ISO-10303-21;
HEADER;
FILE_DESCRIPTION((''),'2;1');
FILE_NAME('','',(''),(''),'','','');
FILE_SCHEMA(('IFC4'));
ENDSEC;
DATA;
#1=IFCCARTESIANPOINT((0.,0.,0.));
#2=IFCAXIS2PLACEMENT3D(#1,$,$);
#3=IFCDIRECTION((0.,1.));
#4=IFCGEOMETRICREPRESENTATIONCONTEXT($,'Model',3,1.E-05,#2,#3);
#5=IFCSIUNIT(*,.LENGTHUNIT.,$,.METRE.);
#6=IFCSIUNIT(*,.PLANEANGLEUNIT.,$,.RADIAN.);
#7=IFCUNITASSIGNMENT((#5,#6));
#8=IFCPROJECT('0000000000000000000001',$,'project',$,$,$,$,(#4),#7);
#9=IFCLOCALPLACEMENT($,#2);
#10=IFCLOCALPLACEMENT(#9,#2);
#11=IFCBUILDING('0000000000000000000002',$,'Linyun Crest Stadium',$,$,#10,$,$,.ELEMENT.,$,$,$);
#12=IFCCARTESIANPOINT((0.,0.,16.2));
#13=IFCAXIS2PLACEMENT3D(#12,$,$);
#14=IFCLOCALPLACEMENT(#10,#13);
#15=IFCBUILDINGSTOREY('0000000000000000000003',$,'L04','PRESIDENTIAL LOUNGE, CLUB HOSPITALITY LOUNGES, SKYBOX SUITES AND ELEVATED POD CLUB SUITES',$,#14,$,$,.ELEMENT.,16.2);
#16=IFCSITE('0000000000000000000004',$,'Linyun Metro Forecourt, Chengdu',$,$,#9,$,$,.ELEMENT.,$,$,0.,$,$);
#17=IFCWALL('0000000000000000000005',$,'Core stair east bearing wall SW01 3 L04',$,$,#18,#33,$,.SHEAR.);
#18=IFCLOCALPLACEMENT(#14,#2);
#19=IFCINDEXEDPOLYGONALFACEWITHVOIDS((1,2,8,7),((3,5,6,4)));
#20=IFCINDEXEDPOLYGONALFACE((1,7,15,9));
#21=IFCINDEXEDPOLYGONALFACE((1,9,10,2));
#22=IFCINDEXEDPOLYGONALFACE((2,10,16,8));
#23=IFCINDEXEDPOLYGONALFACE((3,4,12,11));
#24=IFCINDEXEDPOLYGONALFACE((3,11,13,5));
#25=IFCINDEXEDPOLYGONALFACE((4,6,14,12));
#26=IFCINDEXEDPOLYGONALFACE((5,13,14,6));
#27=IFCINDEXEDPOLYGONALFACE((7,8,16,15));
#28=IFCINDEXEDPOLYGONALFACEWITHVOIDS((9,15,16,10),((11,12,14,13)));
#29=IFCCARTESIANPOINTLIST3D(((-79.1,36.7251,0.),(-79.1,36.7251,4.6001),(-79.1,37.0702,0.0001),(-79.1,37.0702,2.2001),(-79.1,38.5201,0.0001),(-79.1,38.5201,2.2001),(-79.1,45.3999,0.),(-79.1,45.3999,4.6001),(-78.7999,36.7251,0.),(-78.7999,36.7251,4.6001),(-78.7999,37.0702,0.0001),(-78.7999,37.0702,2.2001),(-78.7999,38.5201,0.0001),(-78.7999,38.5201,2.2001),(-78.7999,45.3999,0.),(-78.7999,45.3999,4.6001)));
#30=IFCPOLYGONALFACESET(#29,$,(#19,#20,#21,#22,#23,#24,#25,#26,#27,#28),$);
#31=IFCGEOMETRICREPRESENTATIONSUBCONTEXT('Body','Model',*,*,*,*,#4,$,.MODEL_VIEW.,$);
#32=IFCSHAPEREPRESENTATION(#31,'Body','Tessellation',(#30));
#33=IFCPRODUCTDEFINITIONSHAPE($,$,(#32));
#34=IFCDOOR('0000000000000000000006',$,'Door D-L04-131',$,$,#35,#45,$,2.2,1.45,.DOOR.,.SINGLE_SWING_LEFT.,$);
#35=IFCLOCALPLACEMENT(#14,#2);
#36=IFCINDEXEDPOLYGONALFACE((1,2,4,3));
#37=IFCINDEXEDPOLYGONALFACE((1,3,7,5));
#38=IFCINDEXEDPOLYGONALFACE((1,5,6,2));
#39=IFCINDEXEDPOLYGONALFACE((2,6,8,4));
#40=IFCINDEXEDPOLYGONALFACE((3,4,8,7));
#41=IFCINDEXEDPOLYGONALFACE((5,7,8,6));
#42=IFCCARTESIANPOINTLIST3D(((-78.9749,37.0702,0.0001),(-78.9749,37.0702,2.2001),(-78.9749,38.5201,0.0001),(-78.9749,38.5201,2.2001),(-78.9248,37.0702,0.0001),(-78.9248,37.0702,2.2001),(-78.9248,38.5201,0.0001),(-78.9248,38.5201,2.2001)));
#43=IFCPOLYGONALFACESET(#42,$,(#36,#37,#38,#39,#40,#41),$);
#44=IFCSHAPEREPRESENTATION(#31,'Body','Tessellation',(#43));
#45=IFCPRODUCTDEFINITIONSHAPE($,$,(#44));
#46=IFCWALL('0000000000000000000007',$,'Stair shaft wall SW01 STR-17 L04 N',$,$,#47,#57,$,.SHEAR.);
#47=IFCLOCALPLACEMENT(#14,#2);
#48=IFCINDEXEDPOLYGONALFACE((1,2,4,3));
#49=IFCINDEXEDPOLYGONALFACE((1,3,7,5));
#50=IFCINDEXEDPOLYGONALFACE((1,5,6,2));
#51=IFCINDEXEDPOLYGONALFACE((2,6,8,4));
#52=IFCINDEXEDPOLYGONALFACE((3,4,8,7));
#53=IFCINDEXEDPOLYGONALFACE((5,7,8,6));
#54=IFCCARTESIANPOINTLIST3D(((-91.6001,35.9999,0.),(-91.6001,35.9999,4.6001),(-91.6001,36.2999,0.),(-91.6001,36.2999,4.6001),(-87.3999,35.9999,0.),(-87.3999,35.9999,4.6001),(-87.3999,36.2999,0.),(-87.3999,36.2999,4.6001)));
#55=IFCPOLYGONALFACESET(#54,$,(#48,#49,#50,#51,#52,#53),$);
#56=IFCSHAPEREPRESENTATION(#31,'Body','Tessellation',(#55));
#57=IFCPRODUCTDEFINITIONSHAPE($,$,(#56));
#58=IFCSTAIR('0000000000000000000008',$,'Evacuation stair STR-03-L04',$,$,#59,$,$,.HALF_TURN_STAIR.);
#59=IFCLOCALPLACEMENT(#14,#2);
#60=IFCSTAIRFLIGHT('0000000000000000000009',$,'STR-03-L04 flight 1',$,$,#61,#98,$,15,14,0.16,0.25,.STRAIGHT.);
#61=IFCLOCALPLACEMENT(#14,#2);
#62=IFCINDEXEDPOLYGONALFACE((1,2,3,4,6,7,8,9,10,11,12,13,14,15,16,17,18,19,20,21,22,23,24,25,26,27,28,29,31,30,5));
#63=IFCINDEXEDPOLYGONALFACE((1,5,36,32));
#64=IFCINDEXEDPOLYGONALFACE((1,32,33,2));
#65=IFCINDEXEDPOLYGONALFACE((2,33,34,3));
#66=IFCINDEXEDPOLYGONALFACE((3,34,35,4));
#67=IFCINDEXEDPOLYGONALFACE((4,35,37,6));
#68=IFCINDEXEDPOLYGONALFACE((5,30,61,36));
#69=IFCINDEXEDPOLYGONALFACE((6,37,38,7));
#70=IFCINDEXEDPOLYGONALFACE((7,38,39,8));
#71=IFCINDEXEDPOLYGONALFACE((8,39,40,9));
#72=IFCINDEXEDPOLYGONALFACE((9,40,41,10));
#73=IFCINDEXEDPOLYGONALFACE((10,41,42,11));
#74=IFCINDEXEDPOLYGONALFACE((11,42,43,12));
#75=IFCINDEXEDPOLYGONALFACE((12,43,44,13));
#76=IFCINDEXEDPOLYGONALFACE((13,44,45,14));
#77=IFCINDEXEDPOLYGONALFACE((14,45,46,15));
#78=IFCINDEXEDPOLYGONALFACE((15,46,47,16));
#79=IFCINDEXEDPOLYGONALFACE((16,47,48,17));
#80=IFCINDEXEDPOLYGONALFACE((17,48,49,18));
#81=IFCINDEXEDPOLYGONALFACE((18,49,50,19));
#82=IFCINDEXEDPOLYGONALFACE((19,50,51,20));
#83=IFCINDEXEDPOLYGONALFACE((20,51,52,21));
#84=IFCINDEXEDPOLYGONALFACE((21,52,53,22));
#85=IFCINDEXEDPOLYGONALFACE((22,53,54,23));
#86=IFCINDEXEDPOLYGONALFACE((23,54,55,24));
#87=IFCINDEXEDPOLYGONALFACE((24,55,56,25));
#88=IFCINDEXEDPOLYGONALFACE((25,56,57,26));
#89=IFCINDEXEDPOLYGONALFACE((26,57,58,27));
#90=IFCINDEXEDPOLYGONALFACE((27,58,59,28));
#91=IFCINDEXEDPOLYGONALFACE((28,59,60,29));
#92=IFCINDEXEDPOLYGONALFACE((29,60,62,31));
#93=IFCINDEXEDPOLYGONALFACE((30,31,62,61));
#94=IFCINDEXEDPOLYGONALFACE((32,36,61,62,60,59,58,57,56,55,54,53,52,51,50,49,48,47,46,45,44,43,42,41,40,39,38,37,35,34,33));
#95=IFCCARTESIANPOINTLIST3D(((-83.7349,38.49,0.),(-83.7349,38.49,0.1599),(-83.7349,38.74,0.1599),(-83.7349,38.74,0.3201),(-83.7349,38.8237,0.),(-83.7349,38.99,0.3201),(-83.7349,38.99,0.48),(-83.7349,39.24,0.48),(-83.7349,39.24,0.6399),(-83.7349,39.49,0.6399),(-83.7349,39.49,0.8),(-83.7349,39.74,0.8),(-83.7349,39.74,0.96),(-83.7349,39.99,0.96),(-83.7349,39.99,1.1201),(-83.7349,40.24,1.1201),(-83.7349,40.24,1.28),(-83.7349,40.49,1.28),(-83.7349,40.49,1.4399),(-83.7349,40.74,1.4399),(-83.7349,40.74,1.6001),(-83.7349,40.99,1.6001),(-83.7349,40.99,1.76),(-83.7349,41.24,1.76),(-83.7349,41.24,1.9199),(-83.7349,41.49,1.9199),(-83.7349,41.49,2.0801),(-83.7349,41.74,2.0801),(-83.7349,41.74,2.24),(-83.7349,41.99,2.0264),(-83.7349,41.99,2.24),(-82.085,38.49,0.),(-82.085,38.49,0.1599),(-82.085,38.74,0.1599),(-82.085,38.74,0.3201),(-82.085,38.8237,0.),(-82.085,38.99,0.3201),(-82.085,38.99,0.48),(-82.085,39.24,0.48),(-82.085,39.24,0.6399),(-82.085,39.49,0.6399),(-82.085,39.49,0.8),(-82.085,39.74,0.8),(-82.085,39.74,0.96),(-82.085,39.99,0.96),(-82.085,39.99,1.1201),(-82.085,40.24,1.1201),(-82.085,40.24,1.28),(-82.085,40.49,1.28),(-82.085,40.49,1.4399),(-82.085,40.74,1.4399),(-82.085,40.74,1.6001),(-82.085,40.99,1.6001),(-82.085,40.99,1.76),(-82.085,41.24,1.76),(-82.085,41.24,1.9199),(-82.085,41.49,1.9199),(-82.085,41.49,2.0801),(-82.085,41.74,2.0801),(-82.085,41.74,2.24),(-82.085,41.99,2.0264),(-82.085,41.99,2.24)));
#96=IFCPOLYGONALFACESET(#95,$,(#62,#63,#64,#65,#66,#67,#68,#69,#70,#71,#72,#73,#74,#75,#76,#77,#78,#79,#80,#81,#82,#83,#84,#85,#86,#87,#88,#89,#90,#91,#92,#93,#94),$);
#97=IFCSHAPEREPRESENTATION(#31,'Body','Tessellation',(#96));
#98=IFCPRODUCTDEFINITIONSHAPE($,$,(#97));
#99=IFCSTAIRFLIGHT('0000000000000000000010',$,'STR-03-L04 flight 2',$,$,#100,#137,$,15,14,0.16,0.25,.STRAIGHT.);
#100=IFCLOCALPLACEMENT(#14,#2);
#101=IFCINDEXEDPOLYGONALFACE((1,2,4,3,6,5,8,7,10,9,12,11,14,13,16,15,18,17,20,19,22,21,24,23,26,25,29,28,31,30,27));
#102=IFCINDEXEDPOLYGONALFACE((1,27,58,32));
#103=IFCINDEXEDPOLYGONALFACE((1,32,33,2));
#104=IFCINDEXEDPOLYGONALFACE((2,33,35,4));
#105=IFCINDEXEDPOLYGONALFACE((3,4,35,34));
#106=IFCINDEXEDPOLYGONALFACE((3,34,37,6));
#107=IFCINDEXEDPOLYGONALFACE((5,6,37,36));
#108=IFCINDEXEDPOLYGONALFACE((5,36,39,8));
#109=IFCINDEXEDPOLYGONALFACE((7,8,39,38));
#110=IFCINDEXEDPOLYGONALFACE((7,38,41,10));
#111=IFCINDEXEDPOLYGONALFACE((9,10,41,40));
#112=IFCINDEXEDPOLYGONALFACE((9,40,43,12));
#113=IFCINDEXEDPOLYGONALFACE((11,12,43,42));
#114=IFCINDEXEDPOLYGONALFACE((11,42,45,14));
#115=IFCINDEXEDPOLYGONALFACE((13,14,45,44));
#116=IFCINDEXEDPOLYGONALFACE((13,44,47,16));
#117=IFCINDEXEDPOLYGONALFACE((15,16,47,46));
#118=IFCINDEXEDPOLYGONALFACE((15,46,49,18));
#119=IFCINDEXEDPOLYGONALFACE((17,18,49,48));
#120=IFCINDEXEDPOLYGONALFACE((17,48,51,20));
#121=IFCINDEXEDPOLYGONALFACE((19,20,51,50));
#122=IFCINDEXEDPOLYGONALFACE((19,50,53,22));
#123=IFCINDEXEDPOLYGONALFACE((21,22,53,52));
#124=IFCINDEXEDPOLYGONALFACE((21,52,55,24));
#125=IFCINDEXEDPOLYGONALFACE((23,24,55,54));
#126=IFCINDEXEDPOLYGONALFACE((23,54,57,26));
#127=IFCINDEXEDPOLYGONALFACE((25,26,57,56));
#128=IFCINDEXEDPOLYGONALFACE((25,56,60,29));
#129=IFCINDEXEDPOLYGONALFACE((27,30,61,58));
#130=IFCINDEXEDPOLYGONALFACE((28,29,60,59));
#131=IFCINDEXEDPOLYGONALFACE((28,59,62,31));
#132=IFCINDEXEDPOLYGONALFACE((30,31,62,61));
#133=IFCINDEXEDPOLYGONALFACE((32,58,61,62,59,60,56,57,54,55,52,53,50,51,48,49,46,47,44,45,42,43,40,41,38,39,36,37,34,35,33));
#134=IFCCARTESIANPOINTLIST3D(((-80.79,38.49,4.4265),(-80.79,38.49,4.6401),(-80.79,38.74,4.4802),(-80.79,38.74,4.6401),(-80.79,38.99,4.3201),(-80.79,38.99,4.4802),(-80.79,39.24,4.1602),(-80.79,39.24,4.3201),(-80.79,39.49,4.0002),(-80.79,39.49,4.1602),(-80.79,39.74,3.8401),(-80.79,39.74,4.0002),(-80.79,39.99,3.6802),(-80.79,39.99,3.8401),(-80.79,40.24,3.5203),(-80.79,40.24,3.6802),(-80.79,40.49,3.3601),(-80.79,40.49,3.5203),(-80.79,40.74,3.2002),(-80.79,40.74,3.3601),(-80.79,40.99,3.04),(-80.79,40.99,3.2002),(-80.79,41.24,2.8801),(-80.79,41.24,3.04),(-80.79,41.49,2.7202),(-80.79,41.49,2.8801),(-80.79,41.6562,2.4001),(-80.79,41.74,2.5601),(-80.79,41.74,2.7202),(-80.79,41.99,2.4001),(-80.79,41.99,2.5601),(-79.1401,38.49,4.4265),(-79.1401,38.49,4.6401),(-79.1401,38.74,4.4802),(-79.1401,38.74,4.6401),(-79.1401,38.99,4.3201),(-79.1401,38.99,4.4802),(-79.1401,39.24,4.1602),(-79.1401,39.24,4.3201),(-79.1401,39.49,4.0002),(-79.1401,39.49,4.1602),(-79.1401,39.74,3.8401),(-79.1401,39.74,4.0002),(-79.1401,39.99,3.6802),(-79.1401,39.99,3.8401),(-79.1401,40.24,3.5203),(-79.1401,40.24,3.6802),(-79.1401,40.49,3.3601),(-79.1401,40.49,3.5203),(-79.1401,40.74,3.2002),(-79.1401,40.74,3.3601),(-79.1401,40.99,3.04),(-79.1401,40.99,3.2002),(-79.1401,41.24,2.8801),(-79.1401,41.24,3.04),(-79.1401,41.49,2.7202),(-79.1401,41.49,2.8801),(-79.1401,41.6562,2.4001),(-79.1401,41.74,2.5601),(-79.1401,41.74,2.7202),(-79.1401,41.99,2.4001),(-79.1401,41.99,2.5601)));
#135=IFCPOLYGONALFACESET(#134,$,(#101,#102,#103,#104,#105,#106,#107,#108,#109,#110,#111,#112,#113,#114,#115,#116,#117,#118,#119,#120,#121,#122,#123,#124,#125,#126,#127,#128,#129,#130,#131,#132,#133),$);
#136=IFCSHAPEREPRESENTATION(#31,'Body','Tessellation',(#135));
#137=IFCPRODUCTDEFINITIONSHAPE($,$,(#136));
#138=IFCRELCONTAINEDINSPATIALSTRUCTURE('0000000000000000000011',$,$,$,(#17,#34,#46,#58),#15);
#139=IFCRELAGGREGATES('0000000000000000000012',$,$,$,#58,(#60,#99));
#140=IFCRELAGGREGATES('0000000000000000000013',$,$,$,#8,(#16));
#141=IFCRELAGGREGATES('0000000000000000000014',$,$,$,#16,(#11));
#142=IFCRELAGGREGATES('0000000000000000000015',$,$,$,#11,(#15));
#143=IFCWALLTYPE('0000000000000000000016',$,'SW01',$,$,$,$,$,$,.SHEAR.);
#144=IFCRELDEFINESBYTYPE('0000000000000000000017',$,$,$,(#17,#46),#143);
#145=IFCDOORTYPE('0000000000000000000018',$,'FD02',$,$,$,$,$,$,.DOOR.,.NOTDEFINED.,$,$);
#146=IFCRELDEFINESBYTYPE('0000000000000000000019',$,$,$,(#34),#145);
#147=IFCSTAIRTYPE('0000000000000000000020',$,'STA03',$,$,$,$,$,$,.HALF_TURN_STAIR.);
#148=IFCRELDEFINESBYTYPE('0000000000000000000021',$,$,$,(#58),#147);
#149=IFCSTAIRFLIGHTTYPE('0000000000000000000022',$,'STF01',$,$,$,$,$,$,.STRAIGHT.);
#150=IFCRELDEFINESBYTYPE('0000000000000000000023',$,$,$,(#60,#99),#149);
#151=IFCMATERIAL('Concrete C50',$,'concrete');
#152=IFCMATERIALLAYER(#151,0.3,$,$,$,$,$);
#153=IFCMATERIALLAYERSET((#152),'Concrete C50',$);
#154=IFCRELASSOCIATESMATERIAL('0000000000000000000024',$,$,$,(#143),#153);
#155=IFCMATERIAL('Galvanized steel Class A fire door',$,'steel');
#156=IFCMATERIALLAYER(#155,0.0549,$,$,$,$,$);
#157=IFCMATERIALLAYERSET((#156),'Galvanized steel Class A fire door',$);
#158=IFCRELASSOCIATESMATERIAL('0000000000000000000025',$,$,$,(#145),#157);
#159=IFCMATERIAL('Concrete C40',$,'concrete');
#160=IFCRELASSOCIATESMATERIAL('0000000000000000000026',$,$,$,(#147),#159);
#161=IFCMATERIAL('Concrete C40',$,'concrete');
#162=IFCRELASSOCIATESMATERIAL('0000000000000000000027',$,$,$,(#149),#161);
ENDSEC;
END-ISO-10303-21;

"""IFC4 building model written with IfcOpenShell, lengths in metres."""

from ifc_helpers import new_model, si_unit, direction, frame, frame_2d, origin, place, context, subcontext, project, spatial, polyline, rectangle, outline, extrude, material, layer, layer_set, type_object, element, fill, aggregate, save


model = new_model("IFC4")

# Units and contexts
model_context = context("Model", 3, precision=1e-05, world=origin(), true_north=direction((0.0, 1.0)))
body_context = subcontext(model_context, "Body", "Model", "MODEL_VIEW")
ifc_project = project(units=[si_unit("LENGTHUNIT", "METRE"), si_unit("PLANEANGLEUNIT", "RADIAN")], contexts=[model_context])

# Site, building, storey
site_placement = place(None, origin())
site = spatial("IfcSite", under=ifc_project, at=site_placement, Name="Linyun Metro Forecourt, Chengdu", CompositionType="ELEMENT", RefElevation=0.0)
building_placement = place(site_placement, origin())
building = spatial("IfcBuilding", under=site, at=building_placement, Name="Linyun Crest Stadium", CompositionType="ELEMENT")
storey_placement = place(building_placement, frame((0.0, 0.0, 16.2)))
storey = spatial("IfcBuildingStorey", under=building, at=storey_placement, Name="L04", Description="PRESIDENTIAL LOUNGE, CLUB HOSPITALITY LOUNGES, SKYBOX SUITES AND ELEVATED POD CLUB SUITES", CompositionType="ELEMENT", Elevation=16.2)

# Wall, opening, door
ifc_material_1 = material(Name="Concrete C50", Category="concrete")
ifc_layer_1 = layer(ifc_material_1, 0.3)
ifc_layer_set_1 = layer_set([ifc_layer_1], Name="Concrete C50")
wall_type_1 = type_object("IfcWallType", Name="SW01", PredefinedType="SHEAR", material=ifc_layer_set_1)
wall_1_placement = place(storey_placement, frame((-78.95, 36.7251, 0.0), z_axis=(0.0, 0.0, 1.0), x_axis=(0.0, 1.0, 0.0)))
wall_1 = element("IfcWall", 1, at=wall_1_placement, inside=storey, type_object=wall_type_1, Name="Core stair east bearing wall SW01 3 L04", PredefinedType="SHEAR", context=body_context, shape_type="SweptSolid", body=[
    extrude(rectangle(XDim=8.6748, YDim=0.3, at=frame_2d((4.3374, 0.0))), origin(), (0.0, 0.0, 1.0), 4.6001),
])
opening_1_placement = place(wall_1_placement, frame((0.345, 0.0, 0.0)))
opening_1 = element("IfcOpeningElement", 2, at=opening_1_placement, cuts=wall_1, PredefinedType="OPENING", context=body_context, shape_type="SweptSolid", body=[
    extrude(rectangle(XDim=1.45, YDim=2.2, at=frame_2d((0.7251, 1.1001))), frame((0.0, 0.1599, 0.0), z_axis=(0.0, -1.0, 0.0), x_axis=(1.0, 0.0, 0.0)), (0.0, 0.0, 1.0), 0.3201),
])
ifc_material_2 = material(Name="Galvanized steel Class A fire door", Category="steel")
ifc_layer_2 = layer(ifc_material_2, 0.0549)
ifc_layer_set_2 = layer_set([ifc_layer_2], Name="Galvanized steel Class A fire door")
door_type_1 = type_object("IfcDoorType", Name="FD02", OperationType="NOTDEFINED", PredefinedType="DOOR", material=ifc_layer_set_2)
door_1_placement = place(opening_1_placement, origin())
door_1 = element("IfcDoor", 3, at=door_1_placement, inside=storey, type_object=door_type_1, Name="Door D-L04-131", OperationType="SINGLE_SWING_LEFT", OverallHeight=2.2, OverallWidth=1.45, PredefinedType="DOOR", context=body_context, shape_type="SweptSolid", body=[
    extrude(rectangle(XDim=1.45, YDim=2.2, at=frame_2d((0.7251, 1.1001))), frame((0.0, 0.0249, 0.0), z_axis=(0.0, -1.0, 0.0), x_axis=(1.0, 0.0, 0.0)), (0.0, 0.0, 1.0), 0.05),
])
fill(opening_1, door_1)

# Wall
wall_2_placement = place(storey_placement, frame((-91.6001, 36.1499, 0.0), z_axis=(0.0, 0.0, 1.0), x_axis=(1.0, 0.0, 0.0)))
element("IfcWall", 4, at=wall_2_placement, inside=storey, type_object=wall_type_1, Name="Stair shaft wall SW01 STR-17 L04 N", PredefinedType="SHEAR", context=body_context, shape_type="SweptSolid", body=[
    extrude(rectangle(XDim=4.2002, YDim=0.3, at=frame_2d((2.1001, 0.0))), origin(), (0.0, 0.0, 1.0), 4.6001),
])

# Stair, stair flights
ifc_material_3 = material(Name="Concrete C40", Category="concrete")
stair_type = type_object("IfcStairType", Name="STA03", PredefinedType="HALF_TURN_STAIR", material=ifc_material_3)
stair_placement = place(storey_placement, origin())
stair = element("IfcStair", 5, at=stair_placement, inside=storey, type_object=stair_type, Name="Evacuation stair STR-03-L04", PredefinedType="HALF_TURN_STAIR")
ifc_material_4 = material(Name="Concrete C40", Category="concrete")
stair_flight_type = type_object("IfcStairFlightType", Name="STF01", PredefinedType="STRAIGHT", material=ifc_material_4)
stair_flight_1_placement = place(storey_placement, frame((-82.9099, 38.49, 0.0), z_axis=(0.0, 0.0, 1.0), x_axis=(0.0, 1.0, 0.0)))
stair_flight_1 = element("IfcStairFlight", 6, at=stair_flight_1_placement, type_object=stair_flight_type, Name="STR-03-L04 flight 1", NumberOfRisers=15, NumberOfTreads=14, PredefinedType="STRAIGHT", RiserHeight=0.16, TreadLength=0.25, context=body_context, shape_type="SweptSolid", body=[
    extrude(outline(polyline([(0.0, 0.0), (0.0, 0.1599), (0.25, 0.1599), (0.25, 0.3201), (0.5, 0.3201), (0.5, 0.48), (0.75, 0.48), (0.75, 0.6399), (1.0, 0.6399), (1.0, 0.8), (1.25, 0.8), (1.25, 0.96), (1.5, 0.96), (1.5, 1.1201), (1.75, 1.1201), (1.75, 1.28), (2.0, 1.28), (2.0, 1.4399), (2.25, 1.4399), (2.25, 1.6001), (2.5, 1.6001), (2.5, 1.76), (2.75, 1.76), (2.75, 1.9199), (3.0, 1.9199), (3.0, 2.0801), (3.25, 2.0801), (3.25, 2.24), (3.5, 2.24), (3.5, 2.3999), (3.5, 2.0264), (0.3337, 0.0), (0.0, 0.0)])), frame((0.0, 0.825, 0.0), z_axis=(0.0, -1.0, 0.0), x_axis=(1.0, 0.0, 0.0)), (0.0, 0.0, 1.0), 1.6499),
])
stair_flight_2_placement = place(storey_placement, frame((-79.9651, 41.99, 2.4001), z_axis=(0.0, 0.0, 1.0), x_axis=(0.0, -1.0, 0.0)))
stair_flight_2 = element("IfcStairFlight", 7, at=stair_flight_2_placement, type_object=stair_flight_type, Name="STR-03-L04 flight 2", NumberOfRisers=15, NumberOfTreads=14, PredefinedType="STRAIGHT", RiserHeight=0.16, TreadLength=0.25, context=body_context, shape_type="SweptSolid", body=[
    extrude(outline(polyline([(0.0, 0.0), (0.0, 0.1599), (0.25, 0.1599), (0.25, 0.3201), (0.5, 0.3201), (0.5, 0.48), (0.75, 0.48), (0.75, 0.6399), (1.0, 0.6399), (1.0, 0.8), (1.25, 0.8), (1.25, 0.96), (1.5, 0.96), (1.5, 1.1201), (1.75, 1.1201), (1.75, 1.28), (2.0, 1.28), (2.0, 1.4399), (2.25, 1.4399), (2.25, 1.6001), (2.5, 1.6001), (2.5, 1.76), (2.75, 1.76), (2.75, 1.9199), (3.0, 1.9199), (3.0, 2.0801), (3.25, 2.0801), (3.25, 2.24), (3.5, 2.24), (3.5, 2.3999), (3.5, 2.0264), (0.3337, 0.0), (0.0, 0.0)])), frame((0.0, 0.825, 0.0), z_axis=(0.0, -1.0, 0.0), x_axis=(1.0, 0.0, 0.0)), (0.0, 0.0, 1.0), 1.6499),
])
aggregate(stair, [stair_flight_1, stair_flight_2])

save(model, "model.ifc")
